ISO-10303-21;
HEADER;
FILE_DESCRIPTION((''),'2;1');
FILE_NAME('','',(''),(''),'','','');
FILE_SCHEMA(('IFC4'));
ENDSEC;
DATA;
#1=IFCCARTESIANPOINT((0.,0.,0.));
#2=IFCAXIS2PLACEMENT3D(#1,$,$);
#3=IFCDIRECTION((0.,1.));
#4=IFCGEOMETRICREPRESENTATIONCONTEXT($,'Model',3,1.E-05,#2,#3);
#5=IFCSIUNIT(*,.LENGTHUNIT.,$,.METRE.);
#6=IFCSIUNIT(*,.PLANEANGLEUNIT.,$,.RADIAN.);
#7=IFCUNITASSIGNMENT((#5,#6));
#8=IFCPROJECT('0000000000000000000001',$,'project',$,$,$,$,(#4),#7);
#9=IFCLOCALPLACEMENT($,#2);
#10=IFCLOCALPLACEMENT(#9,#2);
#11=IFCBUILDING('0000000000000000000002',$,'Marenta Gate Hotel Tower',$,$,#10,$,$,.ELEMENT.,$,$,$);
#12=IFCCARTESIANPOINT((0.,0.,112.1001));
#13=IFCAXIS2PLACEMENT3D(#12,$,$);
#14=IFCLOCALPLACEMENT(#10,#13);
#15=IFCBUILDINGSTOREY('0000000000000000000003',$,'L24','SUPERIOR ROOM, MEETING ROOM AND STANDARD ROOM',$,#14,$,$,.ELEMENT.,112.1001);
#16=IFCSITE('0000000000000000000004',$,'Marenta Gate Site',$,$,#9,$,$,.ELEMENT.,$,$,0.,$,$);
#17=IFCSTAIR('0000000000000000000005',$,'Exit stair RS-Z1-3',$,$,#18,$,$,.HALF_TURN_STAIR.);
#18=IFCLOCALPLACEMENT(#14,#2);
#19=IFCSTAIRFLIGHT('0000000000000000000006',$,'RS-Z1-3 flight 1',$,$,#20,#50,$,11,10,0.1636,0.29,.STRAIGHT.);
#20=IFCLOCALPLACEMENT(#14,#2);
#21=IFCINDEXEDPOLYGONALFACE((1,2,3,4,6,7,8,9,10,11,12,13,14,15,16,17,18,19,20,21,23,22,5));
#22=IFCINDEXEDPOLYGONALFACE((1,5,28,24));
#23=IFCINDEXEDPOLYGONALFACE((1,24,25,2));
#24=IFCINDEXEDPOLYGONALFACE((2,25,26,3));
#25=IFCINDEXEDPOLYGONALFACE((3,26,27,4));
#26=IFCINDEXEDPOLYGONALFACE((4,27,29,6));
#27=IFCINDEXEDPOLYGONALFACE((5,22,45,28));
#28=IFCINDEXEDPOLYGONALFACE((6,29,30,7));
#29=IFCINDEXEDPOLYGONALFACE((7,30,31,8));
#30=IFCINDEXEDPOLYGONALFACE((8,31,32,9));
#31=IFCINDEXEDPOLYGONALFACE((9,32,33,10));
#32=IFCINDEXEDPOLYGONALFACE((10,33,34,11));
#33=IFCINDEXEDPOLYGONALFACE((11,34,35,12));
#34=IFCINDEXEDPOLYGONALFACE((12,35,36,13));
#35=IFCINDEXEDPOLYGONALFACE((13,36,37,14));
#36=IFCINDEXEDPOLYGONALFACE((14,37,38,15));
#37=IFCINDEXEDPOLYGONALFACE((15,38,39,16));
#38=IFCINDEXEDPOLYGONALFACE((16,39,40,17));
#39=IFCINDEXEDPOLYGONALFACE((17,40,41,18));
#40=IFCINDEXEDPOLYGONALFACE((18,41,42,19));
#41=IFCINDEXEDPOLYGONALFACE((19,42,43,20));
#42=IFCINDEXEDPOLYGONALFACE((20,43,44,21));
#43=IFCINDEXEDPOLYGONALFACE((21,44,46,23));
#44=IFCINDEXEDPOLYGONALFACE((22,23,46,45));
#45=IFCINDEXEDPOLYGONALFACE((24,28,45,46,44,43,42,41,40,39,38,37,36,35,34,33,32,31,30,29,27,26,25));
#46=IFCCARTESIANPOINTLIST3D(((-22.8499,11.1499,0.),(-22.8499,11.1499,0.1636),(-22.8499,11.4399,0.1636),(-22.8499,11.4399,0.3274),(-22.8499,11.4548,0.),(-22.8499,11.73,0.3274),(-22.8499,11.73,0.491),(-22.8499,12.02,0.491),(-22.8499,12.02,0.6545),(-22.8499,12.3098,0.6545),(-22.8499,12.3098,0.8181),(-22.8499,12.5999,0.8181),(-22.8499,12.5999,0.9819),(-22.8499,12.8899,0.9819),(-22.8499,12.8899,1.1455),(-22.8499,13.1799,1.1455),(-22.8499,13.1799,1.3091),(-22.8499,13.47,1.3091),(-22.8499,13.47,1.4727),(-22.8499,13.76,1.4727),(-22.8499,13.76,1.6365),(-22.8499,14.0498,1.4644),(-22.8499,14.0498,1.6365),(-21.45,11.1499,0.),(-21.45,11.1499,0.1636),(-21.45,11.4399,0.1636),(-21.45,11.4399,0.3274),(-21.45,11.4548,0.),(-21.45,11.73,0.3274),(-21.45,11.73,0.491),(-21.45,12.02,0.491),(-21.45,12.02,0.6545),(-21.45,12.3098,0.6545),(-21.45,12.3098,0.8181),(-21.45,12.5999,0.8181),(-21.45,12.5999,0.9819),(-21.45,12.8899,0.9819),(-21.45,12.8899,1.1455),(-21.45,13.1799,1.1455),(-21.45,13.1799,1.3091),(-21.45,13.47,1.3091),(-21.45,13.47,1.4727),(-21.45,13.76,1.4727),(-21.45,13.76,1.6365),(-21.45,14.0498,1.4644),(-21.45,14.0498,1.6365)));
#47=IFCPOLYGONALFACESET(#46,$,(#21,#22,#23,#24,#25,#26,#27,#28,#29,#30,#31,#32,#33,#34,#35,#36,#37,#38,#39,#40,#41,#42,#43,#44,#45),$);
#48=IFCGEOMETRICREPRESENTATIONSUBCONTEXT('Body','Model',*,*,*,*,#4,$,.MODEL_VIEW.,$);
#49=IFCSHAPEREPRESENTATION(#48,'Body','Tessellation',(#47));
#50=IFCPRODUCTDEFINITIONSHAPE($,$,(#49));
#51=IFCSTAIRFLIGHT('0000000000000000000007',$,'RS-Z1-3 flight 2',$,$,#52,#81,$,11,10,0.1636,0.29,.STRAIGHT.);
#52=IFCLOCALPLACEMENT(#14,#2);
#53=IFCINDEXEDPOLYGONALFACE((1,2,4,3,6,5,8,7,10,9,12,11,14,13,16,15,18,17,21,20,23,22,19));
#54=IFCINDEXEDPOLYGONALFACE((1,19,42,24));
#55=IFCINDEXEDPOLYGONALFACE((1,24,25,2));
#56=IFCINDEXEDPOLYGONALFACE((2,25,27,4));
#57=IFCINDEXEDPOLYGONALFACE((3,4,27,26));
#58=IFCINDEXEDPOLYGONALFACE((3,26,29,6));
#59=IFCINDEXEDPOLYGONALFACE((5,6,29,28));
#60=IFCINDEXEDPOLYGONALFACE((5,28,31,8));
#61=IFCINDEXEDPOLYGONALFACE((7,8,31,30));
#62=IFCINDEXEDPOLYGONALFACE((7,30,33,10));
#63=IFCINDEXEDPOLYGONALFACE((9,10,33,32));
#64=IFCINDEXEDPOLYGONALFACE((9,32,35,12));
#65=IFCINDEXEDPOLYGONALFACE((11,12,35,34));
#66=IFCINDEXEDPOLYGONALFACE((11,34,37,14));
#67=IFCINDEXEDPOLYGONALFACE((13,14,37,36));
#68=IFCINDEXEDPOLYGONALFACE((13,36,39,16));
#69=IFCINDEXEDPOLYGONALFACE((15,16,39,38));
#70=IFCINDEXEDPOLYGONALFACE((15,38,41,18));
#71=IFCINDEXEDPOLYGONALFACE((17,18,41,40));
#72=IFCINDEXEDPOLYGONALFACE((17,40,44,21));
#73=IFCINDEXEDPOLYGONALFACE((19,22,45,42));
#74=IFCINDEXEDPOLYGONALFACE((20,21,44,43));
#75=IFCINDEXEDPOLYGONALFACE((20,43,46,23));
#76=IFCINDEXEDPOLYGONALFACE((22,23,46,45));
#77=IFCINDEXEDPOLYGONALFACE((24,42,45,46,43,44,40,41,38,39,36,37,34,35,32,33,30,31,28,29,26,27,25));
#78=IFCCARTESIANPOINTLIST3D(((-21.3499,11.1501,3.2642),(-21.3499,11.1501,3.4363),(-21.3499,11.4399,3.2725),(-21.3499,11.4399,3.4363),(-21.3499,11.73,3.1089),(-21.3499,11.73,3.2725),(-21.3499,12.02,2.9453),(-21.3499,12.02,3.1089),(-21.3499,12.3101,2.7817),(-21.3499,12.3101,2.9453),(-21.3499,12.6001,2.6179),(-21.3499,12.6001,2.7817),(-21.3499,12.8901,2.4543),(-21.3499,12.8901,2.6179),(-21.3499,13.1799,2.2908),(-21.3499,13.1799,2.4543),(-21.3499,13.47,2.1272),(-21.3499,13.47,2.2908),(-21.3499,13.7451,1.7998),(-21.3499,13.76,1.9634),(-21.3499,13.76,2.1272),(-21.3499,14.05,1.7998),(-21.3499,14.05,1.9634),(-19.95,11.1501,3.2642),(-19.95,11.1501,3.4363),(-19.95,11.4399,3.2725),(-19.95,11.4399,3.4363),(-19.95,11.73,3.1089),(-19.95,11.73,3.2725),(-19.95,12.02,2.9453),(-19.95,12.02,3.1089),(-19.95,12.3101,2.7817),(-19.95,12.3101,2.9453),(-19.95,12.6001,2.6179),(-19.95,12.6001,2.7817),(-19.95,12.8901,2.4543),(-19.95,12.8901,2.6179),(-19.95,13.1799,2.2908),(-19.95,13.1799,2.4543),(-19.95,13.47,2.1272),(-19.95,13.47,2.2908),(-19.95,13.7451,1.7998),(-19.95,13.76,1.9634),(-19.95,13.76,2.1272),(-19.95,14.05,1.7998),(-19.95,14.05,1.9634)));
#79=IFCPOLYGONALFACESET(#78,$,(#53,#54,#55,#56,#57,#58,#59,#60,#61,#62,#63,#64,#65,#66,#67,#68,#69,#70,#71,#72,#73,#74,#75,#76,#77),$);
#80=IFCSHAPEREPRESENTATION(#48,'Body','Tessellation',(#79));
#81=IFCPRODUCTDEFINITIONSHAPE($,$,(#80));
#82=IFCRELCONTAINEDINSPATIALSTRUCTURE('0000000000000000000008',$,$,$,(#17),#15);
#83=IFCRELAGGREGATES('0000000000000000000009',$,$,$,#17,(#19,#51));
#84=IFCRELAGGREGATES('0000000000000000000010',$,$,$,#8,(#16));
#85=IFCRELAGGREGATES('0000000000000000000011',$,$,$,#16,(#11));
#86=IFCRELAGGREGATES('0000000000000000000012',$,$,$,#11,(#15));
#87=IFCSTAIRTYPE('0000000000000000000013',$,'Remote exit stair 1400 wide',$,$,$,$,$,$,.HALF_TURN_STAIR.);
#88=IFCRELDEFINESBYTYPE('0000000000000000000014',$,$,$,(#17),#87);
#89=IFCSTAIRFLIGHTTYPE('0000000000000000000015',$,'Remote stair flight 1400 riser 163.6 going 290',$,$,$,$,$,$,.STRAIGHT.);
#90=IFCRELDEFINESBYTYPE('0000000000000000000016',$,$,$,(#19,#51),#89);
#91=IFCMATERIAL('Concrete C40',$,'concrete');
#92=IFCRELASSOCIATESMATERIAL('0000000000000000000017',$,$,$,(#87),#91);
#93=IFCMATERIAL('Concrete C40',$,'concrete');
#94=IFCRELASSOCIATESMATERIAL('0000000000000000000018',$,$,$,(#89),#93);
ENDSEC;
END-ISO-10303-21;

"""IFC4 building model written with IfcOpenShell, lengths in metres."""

from ifc_helpers import new_model, si_unit, direction, frame, origin, place, context, subcontext, project, spatial, polyline, outline, extrude, material, type_object, element, aggregate, save


model = new_model("IFC4")

# Units and contexts
model_context = context("Model", 3, precision=1e-05, world=origin(), true_north=direction((0.0, 1.0)))
body_context = subcontext(model_context, "Body", "Model", "MODEL_VIEW")
ifc_project = project(units=[si_unit("LENGTHUNIT", "METRE"), si_unit("PLANEANGLEUNIT", "RADIAN")], contexts=[model_context])

# Site, building, storey
site_placement = place(None, origin())
site = spatial("IfcSite", under=ifc_project, at=site_placement, Name="Marenta Gate Site", CompositionType="ELEMENT", RefElevation=0.0)
building_placement = place(site_placement, origin())
building = spatial("IfcBuilding", under=site, at=building_placement, Name="Marenta Gate Hotel Tower", CompositionType="ELEMENT")
storey_placement = place(building_placement, frame((0.0, 0.0, 112.1001)))
storey = spatial("IfcBuildingStorey", under=building, at=storey_placement, Name="L24", Description="SUPERIOR ROOM, MEETING ROOM AND STANDARD ROOM", CompositionType="ELEMENT", Elevation=112.1001)

# Stair, stair flights
ifc_material_1 = material(Name="Concrete C40", Category="concrete")
stair_type = type_object("IfcStairType", Name="Remote exit stair 1400 wide", PredefinedType="HALF_TURN_STAIR", material=ifc_material_1)
stair_placement = place(storey_placement, origin())
stair = element("IfcStair", 1, at=stair_placement, inside=storey, type_object=stair_type, Name="Exit stair RS-Z1-3", PredefinedType="HALF_TURN_STAIR")
ifc_material_2 = material(Name="Concrete C40", Category="concrete")
stair_flight_type = type_object("IfcStairFlightType", Name="Remote stair flight 1400 riser 163.6 going 290", PredefinedType="STRAIGHT", material=ifc_material_2)
stair_flight_1_placement = place(storey_placement, frame((-22.1499, 11.1499, 0.0), z_axis=(0.0, 0.0, 1.0), x_axis=(0.0, 1.0, 0.0)))
stair_flight_1 = element("IfcStairFlight", 2, at=stair_flight_1_placement, type_object=stair_flight_type, Name="RS-Z1-3 flight 1", NumberOfRisers=11, NumberOfTreads=10, PredefinedType="STRAIGHT", RiserHeight=0.1636, TreadLength=0.29, context=body_context, shape_type="SweptSolid", body=[
    extrude(outline(polyline([(0.0, 0.0), (0.0, 0.1636), (0.29, 0.1636), (0.29, 0.3274), (0.5801, 0.3274), (0.5801, 0.491), (0.8701, 0.491), (0.8701, 0.6545), (1.1599, 0.6545), (1.1599, 0.8181), (1.45, 0.8181), (1.45, 0.9819), (1.74, 0.9819), (1.74, 1.1455), (2.03, 1.1455), (2.03, 1.3091), (2.3201, 1.3091), (2.3201, 1.4727), (2.6101, 1.4727), (2.6101, 1.6365), (2.8999, 1.6365), (2.8999, 1.8), (2.8999, 1.4644), (0.3049, 0.0), (0.0, 0.0)])), frame((0.0, 0.7, 0.0), z_axis=(0.0, -1.0, 0.0), x_axis=(1.0, 0.0, 0.0)), (0.0, 0.0, 1.0), 1.3999),
])
stair_flight_2_placement = place(storey_placement, frame((-20.6499, 14.05, 1.7998), z_axis=(0.0, 0.0, 1.0), x_axis=(0.0, -1.0, 0.0)))
stair_flight_2 = element("IfcStairFlight", 3, at=stair_flight_2_placement, type_object=stair_flight_type, Name="RS-Z1-3 flight 2", NumberOfRisers=11, NumberOfTreads=10, PredefinedType="STRAIGHT", RiserHeight=0.1636, TreadLength=0.29, context=body_context, shape_type="SweptSolid", body=[
    extrude(outline(polyline([(0.0, 0.0), (0.0, 0.1636), (0.29, 0.1636), (0.29, 0.3274), (0.5801, 0.3274), (0.5801, 0.491), (0.8701, 0.491), (0.8701, 0.6545), (1.1599, 0.6545), (1.1599, 0.8181), (1.45, 0.8181), (1.45, 0.9819), (1.74, 0.9819), (1.74, 1.1455), (2.03, 1.1455), (2.03, 1.3091), (2.3201, 1.3091), (2.3201, 1.4727), (2.6101, 1.4727), (2.6101, 1.6365), (2.8999, 1.6365), (2.8999, 1.8), (2.8999, 1.4644), (0.3049, 0.0), (0.0, 0.0)])), frame((0.0, 0.7, 0.0), z_axis=(0.0, -1.0, 0.0), x_axis=(1.0, 0.0, 0.0)), (0.0, 0.0, 1.0), 1.3999),
])
aggregate(stair, [stair_flight_1, stair_flight_2])

save(model, "model.ifc")
